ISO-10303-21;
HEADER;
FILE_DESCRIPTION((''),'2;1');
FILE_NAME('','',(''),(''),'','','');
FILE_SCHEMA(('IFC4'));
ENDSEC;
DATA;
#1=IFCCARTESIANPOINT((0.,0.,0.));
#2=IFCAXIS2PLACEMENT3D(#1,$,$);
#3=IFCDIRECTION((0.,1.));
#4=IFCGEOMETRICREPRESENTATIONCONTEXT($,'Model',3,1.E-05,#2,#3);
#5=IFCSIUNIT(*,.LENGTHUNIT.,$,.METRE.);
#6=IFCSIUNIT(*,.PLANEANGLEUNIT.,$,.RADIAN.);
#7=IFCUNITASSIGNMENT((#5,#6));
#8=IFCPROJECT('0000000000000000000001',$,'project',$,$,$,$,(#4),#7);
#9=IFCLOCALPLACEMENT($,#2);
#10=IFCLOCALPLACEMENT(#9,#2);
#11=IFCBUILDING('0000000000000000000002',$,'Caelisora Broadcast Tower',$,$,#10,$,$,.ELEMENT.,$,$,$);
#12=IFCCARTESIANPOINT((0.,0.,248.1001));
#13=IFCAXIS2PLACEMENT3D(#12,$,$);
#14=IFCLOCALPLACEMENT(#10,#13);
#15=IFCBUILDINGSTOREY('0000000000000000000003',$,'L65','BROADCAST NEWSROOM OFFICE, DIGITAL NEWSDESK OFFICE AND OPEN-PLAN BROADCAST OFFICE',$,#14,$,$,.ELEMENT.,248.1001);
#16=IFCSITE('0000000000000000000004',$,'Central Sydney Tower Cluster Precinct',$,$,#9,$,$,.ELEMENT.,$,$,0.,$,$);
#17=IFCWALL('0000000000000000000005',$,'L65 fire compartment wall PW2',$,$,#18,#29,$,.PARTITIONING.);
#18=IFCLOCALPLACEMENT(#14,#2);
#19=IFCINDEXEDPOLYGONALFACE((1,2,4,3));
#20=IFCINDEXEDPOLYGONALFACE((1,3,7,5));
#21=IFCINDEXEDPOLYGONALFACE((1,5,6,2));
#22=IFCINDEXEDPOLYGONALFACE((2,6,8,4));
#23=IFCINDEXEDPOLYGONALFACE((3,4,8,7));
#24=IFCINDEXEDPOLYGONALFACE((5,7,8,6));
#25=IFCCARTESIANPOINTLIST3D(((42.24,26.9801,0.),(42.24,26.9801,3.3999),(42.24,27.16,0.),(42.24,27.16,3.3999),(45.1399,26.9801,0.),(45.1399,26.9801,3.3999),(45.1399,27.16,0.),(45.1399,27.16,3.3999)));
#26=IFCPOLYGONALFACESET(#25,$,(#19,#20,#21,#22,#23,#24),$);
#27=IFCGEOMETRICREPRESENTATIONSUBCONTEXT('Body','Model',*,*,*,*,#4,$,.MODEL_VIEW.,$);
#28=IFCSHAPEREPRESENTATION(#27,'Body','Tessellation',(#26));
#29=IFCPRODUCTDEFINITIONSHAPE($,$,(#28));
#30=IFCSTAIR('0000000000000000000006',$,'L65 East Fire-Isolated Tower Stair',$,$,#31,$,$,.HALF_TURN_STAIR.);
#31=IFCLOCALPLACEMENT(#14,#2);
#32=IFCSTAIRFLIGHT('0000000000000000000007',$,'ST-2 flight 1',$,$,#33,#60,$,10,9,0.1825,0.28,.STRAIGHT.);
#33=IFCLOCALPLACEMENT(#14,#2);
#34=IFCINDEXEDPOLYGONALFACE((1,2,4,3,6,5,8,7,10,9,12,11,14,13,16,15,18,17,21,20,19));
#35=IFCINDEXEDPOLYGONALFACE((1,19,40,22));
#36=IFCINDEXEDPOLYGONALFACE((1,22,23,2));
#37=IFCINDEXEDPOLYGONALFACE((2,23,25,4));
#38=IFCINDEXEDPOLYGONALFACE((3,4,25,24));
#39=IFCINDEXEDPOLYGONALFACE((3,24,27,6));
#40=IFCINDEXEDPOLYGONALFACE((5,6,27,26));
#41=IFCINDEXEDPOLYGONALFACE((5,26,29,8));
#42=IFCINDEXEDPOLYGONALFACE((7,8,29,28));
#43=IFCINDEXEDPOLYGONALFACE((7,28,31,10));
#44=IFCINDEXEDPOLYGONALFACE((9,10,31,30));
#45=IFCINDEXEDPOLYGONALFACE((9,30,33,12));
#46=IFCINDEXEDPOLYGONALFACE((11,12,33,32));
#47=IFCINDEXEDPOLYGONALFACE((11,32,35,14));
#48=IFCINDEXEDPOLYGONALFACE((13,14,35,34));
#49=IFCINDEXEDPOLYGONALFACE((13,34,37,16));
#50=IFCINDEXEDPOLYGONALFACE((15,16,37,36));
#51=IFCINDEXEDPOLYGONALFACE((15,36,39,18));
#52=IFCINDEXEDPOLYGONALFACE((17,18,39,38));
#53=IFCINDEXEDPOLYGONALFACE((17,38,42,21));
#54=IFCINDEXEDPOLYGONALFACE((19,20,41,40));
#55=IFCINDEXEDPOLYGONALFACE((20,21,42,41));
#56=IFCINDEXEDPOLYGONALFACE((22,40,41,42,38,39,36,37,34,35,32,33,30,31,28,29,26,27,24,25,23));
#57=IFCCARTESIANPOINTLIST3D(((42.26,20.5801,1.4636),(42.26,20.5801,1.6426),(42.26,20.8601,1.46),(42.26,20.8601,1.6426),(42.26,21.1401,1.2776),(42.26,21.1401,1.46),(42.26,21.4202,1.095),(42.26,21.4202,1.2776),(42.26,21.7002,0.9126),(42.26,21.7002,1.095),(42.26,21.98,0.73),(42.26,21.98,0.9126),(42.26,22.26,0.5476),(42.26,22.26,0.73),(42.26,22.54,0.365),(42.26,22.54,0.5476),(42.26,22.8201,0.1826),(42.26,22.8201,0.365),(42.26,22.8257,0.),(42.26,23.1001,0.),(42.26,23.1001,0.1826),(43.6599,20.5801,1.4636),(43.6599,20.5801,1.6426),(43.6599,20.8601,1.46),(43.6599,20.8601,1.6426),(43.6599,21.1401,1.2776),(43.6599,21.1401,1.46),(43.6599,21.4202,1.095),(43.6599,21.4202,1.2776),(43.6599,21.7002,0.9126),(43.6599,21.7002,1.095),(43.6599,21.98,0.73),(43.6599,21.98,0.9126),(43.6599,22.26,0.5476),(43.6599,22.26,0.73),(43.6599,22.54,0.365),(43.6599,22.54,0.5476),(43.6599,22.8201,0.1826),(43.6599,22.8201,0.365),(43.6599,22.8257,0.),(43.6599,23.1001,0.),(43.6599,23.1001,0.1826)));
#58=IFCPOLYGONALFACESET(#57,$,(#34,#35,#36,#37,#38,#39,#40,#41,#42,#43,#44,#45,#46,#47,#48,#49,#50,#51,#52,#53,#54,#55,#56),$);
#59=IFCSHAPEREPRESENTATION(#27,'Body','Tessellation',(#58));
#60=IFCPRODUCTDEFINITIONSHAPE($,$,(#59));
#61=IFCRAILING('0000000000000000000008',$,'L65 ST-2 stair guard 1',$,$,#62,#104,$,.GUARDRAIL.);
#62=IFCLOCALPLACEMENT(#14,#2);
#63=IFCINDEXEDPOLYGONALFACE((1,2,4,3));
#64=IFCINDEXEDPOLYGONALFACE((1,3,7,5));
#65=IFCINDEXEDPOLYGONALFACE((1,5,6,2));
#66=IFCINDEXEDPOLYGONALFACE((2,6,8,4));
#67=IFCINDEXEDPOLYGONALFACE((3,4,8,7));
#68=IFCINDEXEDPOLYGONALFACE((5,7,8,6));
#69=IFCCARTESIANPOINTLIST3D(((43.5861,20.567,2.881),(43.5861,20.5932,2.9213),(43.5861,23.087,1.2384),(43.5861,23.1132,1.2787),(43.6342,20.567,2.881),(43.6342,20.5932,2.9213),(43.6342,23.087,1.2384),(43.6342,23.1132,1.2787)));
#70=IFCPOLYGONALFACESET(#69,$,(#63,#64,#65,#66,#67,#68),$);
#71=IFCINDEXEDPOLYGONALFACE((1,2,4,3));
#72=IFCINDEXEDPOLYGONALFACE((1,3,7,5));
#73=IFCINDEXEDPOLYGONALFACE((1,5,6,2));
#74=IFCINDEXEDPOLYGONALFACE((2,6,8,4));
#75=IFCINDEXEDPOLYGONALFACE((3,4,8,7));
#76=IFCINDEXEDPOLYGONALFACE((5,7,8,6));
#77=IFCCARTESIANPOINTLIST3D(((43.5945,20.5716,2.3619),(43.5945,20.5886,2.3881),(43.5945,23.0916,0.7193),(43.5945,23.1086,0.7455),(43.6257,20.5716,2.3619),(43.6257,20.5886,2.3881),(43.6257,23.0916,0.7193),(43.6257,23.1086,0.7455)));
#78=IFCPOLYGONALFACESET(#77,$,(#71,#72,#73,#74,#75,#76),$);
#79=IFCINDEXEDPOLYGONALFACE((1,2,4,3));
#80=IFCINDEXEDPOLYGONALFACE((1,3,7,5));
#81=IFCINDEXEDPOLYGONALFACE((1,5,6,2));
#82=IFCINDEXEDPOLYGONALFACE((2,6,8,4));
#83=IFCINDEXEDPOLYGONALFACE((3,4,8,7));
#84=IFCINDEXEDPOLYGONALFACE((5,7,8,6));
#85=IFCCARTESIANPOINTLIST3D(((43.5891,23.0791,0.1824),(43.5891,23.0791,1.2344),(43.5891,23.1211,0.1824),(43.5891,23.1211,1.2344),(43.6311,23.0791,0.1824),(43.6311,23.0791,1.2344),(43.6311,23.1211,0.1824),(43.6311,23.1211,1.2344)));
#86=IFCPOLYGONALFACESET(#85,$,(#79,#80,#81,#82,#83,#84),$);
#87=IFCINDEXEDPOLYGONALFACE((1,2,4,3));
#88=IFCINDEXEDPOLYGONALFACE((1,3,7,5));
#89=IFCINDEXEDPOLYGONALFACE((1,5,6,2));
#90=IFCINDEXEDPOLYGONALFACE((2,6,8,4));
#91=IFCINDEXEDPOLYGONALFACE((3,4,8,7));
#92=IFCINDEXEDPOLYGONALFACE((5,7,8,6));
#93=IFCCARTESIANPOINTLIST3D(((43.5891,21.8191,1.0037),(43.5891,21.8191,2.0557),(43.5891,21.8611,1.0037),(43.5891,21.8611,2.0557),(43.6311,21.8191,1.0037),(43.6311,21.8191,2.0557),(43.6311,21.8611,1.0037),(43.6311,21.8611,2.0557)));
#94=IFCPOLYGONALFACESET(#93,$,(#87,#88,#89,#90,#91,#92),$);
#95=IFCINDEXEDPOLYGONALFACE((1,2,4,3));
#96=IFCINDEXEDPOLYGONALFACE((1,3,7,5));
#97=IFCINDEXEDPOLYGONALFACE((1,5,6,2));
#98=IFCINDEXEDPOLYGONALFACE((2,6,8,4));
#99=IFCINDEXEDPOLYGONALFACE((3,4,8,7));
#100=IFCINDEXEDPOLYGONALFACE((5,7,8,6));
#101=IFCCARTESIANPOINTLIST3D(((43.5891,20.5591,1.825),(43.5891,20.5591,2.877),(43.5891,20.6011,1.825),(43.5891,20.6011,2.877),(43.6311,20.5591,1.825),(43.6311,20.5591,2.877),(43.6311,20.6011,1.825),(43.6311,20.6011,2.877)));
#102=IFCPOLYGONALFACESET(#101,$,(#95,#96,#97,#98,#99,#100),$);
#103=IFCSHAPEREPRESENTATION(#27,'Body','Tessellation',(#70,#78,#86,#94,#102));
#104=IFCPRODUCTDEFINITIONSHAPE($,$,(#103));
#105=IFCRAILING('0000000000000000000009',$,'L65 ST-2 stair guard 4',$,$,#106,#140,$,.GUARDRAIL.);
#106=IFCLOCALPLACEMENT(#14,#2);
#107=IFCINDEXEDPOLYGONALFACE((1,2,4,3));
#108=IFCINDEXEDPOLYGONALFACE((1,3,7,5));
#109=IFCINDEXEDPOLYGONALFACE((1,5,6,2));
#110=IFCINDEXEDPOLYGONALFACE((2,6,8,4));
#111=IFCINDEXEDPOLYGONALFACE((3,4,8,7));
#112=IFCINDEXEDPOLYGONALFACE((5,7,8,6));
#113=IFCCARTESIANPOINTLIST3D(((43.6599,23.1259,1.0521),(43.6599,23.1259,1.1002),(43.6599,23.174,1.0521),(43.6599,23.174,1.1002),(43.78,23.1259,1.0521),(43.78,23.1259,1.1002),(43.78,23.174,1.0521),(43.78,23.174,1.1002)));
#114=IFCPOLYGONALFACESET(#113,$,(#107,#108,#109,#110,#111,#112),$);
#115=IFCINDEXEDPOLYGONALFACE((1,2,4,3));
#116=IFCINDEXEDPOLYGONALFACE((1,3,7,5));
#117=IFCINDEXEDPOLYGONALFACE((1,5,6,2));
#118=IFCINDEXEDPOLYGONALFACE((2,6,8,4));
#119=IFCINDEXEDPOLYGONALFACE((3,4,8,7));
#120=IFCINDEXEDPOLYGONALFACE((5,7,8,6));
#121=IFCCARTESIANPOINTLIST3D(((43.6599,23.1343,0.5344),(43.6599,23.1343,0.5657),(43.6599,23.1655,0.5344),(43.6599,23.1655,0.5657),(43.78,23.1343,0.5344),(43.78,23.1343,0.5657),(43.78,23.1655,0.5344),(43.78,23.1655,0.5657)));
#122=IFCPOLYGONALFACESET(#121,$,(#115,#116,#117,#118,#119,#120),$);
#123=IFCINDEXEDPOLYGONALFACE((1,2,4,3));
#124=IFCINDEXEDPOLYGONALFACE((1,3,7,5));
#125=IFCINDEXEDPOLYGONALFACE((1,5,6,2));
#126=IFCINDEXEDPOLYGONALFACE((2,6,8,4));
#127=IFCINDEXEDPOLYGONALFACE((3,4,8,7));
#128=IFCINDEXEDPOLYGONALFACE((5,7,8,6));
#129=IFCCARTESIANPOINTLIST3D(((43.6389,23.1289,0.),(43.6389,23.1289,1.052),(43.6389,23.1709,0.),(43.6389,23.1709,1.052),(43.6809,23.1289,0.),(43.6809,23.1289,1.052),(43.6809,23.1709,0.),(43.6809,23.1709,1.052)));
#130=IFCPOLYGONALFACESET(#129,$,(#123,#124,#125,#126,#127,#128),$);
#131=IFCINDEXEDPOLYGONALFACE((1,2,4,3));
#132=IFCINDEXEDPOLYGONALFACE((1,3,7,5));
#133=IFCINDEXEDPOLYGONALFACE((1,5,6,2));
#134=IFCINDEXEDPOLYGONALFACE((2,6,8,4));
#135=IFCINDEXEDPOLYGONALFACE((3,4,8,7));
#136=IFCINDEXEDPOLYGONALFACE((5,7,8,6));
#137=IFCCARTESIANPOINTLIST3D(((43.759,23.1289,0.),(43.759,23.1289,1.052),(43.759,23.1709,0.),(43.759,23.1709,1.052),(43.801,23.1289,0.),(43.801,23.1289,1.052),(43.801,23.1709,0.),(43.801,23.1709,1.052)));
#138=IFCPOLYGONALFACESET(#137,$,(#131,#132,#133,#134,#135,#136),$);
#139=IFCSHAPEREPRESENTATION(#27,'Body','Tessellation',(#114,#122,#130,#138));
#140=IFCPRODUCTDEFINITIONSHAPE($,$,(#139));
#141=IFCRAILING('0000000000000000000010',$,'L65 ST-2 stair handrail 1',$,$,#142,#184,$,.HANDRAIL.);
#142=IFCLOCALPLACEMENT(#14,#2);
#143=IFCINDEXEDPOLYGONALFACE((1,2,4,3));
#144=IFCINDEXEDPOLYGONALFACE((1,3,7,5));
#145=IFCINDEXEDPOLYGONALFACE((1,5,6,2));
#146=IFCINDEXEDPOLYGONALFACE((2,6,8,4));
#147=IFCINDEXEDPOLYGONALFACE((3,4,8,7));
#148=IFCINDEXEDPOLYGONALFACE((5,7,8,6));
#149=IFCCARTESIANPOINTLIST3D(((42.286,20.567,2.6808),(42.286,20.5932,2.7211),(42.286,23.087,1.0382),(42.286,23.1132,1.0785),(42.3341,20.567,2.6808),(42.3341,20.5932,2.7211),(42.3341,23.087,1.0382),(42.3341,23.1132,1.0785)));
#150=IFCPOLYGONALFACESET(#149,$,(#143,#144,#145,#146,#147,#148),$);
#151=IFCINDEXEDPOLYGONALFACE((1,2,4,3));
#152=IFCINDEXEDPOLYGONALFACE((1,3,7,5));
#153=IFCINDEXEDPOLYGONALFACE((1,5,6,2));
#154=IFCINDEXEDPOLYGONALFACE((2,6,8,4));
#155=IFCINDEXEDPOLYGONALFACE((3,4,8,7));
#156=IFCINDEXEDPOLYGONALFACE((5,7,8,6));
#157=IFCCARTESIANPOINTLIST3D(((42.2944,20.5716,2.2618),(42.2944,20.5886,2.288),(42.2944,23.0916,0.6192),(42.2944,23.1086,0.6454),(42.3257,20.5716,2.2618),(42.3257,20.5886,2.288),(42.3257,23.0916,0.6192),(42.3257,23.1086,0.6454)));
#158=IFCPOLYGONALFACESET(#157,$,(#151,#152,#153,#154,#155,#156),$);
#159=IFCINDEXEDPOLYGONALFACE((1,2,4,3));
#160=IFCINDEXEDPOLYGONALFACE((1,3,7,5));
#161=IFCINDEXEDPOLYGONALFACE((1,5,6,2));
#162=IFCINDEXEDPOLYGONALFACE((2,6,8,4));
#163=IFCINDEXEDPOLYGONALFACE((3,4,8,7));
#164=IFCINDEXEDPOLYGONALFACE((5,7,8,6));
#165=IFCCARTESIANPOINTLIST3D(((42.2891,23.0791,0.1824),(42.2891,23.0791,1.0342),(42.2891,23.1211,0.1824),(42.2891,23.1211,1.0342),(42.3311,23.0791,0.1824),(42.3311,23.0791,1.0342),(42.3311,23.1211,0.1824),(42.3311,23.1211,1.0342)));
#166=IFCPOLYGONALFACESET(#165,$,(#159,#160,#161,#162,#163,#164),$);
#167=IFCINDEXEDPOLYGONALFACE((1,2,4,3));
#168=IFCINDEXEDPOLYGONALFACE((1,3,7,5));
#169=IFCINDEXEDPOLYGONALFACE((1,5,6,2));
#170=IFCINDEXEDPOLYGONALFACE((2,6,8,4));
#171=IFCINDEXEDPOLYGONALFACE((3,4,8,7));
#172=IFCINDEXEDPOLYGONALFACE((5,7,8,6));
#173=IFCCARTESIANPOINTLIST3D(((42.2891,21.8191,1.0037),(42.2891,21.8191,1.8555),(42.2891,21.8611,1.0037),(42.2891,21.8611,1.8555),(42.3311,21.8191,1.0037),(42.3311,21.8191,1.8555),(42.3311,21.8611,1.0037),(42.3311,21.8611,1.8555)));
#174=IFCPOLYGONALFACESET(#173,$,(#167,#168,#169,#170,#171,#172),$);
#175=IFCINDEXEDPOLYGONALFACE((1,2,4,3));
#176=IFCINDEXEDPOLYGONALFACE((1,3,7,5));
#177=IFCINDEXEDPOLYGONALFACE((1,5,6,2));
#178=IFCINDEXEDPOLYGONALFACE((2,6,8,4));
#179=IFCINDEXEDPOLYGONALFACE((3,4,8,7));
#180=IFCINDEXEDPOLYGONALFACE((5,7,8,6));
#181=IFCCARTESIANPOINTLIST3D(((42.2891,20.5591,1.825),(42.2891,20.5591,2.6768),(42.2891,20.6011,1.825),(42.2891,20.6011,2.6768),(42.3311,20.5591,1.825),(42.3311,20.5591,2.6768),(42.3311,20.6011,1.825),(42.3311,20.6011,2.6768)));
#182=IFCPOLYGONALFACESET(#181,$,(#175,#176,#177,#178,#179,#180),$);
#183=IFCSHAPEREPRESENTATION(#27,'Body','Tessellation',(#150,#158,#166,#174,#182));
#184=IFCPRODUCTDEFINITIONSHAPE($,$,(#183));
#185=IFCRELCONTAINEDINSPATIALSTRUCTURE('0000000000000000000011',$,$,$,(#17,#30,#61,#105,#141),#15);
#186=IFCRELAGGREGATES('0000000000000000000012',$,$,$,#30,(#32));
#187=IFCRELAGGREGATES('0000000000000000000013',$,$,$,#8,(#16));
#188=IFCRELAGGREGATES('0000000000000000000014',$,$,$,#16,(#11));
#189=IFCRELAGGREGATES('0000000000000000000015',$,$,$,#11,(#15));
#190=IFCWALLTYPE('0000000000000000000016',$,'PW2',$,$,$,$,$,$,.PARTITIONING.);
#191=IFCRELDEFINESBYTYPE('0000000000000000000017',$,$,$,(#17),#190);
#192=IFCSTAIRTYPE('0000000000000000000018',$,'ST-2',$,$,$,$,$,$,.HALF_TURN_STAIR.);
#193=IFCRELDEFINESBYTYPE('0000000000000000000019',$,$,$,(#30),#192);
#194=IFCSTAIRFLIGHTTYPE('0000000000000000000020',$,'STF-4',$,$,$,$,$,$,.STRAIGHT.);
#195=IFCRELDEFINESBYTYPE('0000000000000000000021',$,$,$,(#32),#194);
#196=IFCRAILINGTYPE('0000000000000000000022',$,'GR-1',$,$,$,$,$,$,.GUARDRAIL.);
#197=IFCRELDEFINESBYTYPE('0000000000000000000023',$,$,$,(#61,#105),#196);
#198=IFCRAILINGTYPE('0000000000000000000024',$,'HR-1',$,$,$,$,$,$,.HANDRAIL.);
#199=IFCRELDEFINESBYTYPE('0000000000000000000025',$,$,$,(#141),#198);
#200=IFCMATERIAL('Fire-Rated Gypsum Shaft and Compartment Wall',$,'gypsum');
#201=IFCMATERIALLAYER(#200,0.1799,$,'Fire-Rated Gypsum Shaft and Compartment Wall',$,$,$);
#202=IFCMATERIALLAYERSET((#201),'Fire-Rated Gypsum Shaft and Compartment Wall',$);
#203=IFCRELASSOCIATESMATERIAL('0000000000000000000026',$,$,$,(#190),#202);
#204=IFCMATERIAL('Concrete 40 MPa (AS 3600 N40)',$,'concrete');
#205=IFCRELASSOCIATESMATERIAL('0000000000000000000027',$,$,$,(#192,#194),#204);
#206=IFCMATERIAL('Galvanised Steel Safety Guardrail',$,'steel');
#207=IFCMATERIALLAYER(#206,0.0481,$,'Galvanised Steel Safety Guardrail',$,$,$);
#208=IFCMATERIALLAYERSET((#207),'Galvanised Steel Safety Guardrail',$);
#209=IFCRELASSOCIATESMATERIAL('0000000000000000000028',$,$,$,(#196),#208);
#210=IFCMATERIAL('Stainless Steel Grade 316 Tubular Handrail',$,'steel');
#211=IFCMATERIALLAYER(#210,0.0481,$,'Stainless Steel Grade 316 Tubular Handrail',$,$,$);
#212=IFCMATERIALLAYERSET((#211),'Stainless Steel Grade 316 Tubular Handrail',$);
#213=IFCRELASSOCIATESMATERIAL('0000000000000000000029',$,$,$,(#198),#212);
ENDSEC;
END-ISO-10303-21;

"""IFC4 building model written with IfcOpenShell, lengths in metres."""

from ifc_helpers import new_model, si_unit, direction, frame, frame_2d, origin, origin_2d, place, context, subcontext, project, spatial, polyline, rectangle, outline, extrude, material, layer, layer_set, type_object, element, aggregate, save


model = new_model("IFC4")

# Units and contexts
model_context = context("Model", 3, precision=1e-05, world=origin(), true_north=direction((0.0, 1.0)))
body_context = subcontext(model_context, "Body", "Model", "MODEL_VIEW")
ifc_project = project(units=[si_unit("LENGTHUNIT", "METRE"), si_unit("PLANEANGLEUNIT", "RADIAN")], contexts=[model_context])

# Site, building, storey
site_placement = place(None, origin())
site = spatial("IfcSite", under=ifc_project, at=site_placement, Name="Central Sydney Tower Cluster Precinct", CompositionType="ELEMENT", RefElevation=0.0)
building_placement = place(site_placement, origin())
building = spatial("IfcBuilding", under=site, at=building_placement, Name="Caelisora Broadcast Tower", CompositionType="ELEMENT")
storey_placement = place(building_placement, frame((0.0, 0.0, 248.1001)))
storey = spatial("IfcBuildingStorey", under=building, at=storey_placement, Name="L65", Description="BROADCAST NEWSROOM OFFICE, DIGITAL NEWSDESK OFFICE AND OPEN-PLAN BROADCAST OFFICE", CompositionType="ELEMENT", Elevation=248.1001)

# Shared definitions
ifc_material_1 = material(Name="Concrete 40 MPa (AS 3600 N40)", Category="concrete")

# Shared definitions
ifc_material_2 = material(Name="Fire-Rated Gypsum Shaft and Compartment Wall", Category="gypsum")
ifc_layer_1 = layer(ifc_material_2, 0.1799, Name="Fire-Rated Gypsum Shaft and Compartment Wall")
ifc_layer_set_1 = layer_set([ifc_layer_1], Name="Fire-Rated Gypsum Shaft and Compartment Wall")
wall_type_1 = type_object("IfcWallType", Name="PW2", PredefinedType="PARTITIONING", material=ifc_layer_set_1)

# Wall
wall_1_placement = place(storey_placement, frame((42.24, 27.0701, 0.0), z_axis=(0.0, 0.0, 1.0), x_axis=(1.0, 0.0, 0.0)))
element("IfcWall", 1, at=wall_1_placement, inside=storey, type_object=wall_type_1, Name="L65 fire compartment wall PW2", PredefinedType="PARTITIONING", context=body_context, shape_type="SweptSolid", body=[
    extrude(rectangle(XDim=2.8999, YDim=0.1799, at=frame_2d((1.45, 0.0))), origin(), (0.0, 0.0, 1.0), 3.3999),
])

# Stair, stair flight
stair_type = type_object("IfcStairType", Name="ST-2", PredefinedType="HALF_TURN_STAIR", material=ifc_material_1)
stair_placement = place(storey_placement, origin())
stair = element("IfcStair", 2, at=stair_placement, inside=storey, type_object=stair_type, Name="L65 East Fire-Isolated Tower Stair", PredefinedType="HALF_TURN_STAIR")
stair_flight_type = type_object("IfcStairFlightType", Name="STF-4", PredefinedType="STRAIGHT", material=ifc_material_1)
stair_flight_placement = place(storey_placement, frame((42.96, 23.1001, 0.0), z_axis=(0.0, 0.0, 1.0), x_axis=(0.0, -1.0, 0.0)))
stair_flight = element("IfcStairFlight", 3, at=stair_flight_placement, type_object=stair_flight_type, Name="ST-2 flight 1", NumberOfRisers=10, NumberOfTreads=9, PredefinedType="STRAIGHT", RiserHeight=0.1825, TreadLength=0.28, context=body_context, shape_type="SweptSolid", body=[
    extrude(outline(polyline([(0.0, 0.0), (0.0, 0.1826), (0.28, 0.1826), (0.28, 0.365), (0.5601, 0.365), (0.5601, 0.5476), (0.8401, 0.5476), (0.8401, 0.73), (1.1201, 0.73), (1.1201, 0.9126), (1.3999, 0.9126), (1.3999, 1.095), (1.6799, 1.095), (1.6799, 1.2776), (1.96, 1.2776), (1.96, 1.46), (2.24, 1.46), (2.24, 1.6426), (2.52, 1.6426), (2.52, 1.825), (2.52, 1.4636), (0.2744, 0.0), (0.0, 0.0)])), frame((0.0, 0.7, 0.0), z_axis=(0.0, -1.0, 0.0), x_axis=(1.0, 0.0, 0.0)), (0.0, 0.0, 1.0), 1.3999),
])
aggregate(stair, [stair_flight])

# Railings
ifc_material_3 = material(Name="Galvanised Steel Safety Guardrail", Category="steel")
ifc_layer_2 = layer(ifc_material_3, 0.0481, Name="Galvanised Steel Safety Guardrail")
ifc_layer_set_2 = layer_set([ifc_layer_2], Name="Galvanised Steel Safety Guardrail")
railing_type_1 = type_object("IfcRailingType", Name="GR-1", PredefinedType="GUARDRAIL", material=ifc_layer_set_2)
railing_1_placement = place(storey_placement, frame((43.6101, 23.1001, 0.1824)))
element("IfcRailing", 4, at=railing_1_placement, inside=storey, type_object=railing_type_1, Name="L65 ST-2 stair guard 1", PredefinedType="GUARDRAIL", context=body_context, shape_type="SweptSolid", body=[
    extrude(rectangle(XDim=0.0481, YDim=0.0481, at=origin_2d()), frame((0.0, 0.0, 1.0762), z_axis=(0.0, -0.837749, 0.546055), x_axis=(1.0, 0.0, 0.0)), (0.0, 0.0, 1.0), 3.0081),
    extrude(rectangle(XDim=0.0312, YDim=0.0312, at=origin_2d()), frame((0.0, 0.0, 0.55), z_axis=(0.0, -0.837749, 0.546055), x_axis=(1.0, 0.0, 0.0)), (0.0, 0.0, 1.0), 3.0081),
    extrude(rectangle(XDim=0.042, YDim=0.042, at=origin_2d()), origin(), (0.0, 0.0, 1.0), 1.052),
    extrude(rectangle(XDim=0.042, YDim=0.042, at=origin_2d()), frame((0.0, -1.26, 0.8213)), (0.0, 0.0, 1.0), 1.052),
    extrude(rectangle(XDim=0.042, YDim=0.042, at=origin_2d()), frame((0.0, -2.52, 1.6426)), (0.0, 0.0, 1.0), 1.052),
])
railing_2_placement = place(storey_placement, frame((43.6599, 23.1499, 0.0)))
element("IfcRailing", 5, at=railing_2_placement, inside=storey, type_object=railing_type_1, Name="L65 ST-2 stair guard 4", PredefinedType="GUARDRAIL", context=body_context, shape_type="SweptSolid", body=[
    extrude(rectangle(XDim=0.0481, YDim=0.0481, at=origin_2d()), frame((0.0, 0.0, 1.0762), z_axis=(1.0, 0.0, 0.0), x_axis=(0.0, 1.0, 0.0)), (0.0, 0.0, 1.0), 0.1201),
    extrude(rectangle(XDim=0.0312, YDim=0.0312, at=origin_2d()), frame((0.0, 0.0, 0.55), z_axis=(1.0, 0.0, 0.0), x_axis=(0.0, 1.0, 0.0)), (0.0, 0.0, 1.0), 0.1201),
    extrude(rectangle(XDim=0.042, YDim=0.042, at=origin_2d()), origin(), (0.0, 0.0, 1.0), 1.052),
    extrude(rectangle(XDim=0.042, YDim=0.042, at=origin_2d()), frame((0.1201, 0.0, 0.0)), (0.0, 0.0, 1.0), 1.052),
])
ifc_material_4 = material(Name="Stainless Steel Grade 316 Tubular Handrail", Category="steel")
ifc_layer_3 = layer(ifc_material_4, 0.0481, Name="Stainless Steel Grade 316 Tubular Handrail")
ifc_layer_set_3 = layer_set([ifc_layer_3], Name="Stainless Steel Grade 316 Tubular Handrail")
railing_type_2 = type_object("IfcRailingType", Name="HR-1", PredefinedType="HANDRAIL", material=ifc_layer_set_3)
railing_3_placement = place(storey_placement, frame((42.3101, 23.1001, 0.1824)))
element("IfcRailing", 6, at=railing_3_placement, inside=storey, type_object=railing_type_2, Name="L65 ST-2 stair handrail 1", PredefinedType="HANDRAIL", context=body_context, shape_type="SweptSolid", body=[
    extrude(rectangle(XDim=0.0481, YDim=0.0481, at=origin_2d()), frame((0.0, 0.0, 0.876), z_axis=(0.0, -0.837749, 0.546055), x_axis=(1.0, 0.0, 0.0)), (0.0, 0.0, 1.0), 3.0081),
    extrude(rectangle(XDim=0.0312, YDim=0.0312, at=origin_2d()), frame((0.0, 0.0, 0.45), z_axis=(0.0, -0.837749, 0.546055), x_axis=(1.0, 0.0, 0.0)), (0.0, 0.0, 1.0), 3.0081),
    extrude(rectangle(XDim=0.042, YDim=0.042, at=origin_2d()), origin(), (0.0, 0.0, 1.0), 0.8518),
    extrude(rectangle(XDim=0.042, YDim=0.042, at=origin_2d()), frame((0.0, -1.26, 0.8213)), (0.0, 0.0, 1.0), 0.8518),
    extrude(rectangle(XDim=0.042, YDim=0.042, at=origin_2d()), frame((0.0, -2.52, 1.6426)), (0.0, 0.0, 1.0), 0.8518),
])

save(model, "model.ifc")
